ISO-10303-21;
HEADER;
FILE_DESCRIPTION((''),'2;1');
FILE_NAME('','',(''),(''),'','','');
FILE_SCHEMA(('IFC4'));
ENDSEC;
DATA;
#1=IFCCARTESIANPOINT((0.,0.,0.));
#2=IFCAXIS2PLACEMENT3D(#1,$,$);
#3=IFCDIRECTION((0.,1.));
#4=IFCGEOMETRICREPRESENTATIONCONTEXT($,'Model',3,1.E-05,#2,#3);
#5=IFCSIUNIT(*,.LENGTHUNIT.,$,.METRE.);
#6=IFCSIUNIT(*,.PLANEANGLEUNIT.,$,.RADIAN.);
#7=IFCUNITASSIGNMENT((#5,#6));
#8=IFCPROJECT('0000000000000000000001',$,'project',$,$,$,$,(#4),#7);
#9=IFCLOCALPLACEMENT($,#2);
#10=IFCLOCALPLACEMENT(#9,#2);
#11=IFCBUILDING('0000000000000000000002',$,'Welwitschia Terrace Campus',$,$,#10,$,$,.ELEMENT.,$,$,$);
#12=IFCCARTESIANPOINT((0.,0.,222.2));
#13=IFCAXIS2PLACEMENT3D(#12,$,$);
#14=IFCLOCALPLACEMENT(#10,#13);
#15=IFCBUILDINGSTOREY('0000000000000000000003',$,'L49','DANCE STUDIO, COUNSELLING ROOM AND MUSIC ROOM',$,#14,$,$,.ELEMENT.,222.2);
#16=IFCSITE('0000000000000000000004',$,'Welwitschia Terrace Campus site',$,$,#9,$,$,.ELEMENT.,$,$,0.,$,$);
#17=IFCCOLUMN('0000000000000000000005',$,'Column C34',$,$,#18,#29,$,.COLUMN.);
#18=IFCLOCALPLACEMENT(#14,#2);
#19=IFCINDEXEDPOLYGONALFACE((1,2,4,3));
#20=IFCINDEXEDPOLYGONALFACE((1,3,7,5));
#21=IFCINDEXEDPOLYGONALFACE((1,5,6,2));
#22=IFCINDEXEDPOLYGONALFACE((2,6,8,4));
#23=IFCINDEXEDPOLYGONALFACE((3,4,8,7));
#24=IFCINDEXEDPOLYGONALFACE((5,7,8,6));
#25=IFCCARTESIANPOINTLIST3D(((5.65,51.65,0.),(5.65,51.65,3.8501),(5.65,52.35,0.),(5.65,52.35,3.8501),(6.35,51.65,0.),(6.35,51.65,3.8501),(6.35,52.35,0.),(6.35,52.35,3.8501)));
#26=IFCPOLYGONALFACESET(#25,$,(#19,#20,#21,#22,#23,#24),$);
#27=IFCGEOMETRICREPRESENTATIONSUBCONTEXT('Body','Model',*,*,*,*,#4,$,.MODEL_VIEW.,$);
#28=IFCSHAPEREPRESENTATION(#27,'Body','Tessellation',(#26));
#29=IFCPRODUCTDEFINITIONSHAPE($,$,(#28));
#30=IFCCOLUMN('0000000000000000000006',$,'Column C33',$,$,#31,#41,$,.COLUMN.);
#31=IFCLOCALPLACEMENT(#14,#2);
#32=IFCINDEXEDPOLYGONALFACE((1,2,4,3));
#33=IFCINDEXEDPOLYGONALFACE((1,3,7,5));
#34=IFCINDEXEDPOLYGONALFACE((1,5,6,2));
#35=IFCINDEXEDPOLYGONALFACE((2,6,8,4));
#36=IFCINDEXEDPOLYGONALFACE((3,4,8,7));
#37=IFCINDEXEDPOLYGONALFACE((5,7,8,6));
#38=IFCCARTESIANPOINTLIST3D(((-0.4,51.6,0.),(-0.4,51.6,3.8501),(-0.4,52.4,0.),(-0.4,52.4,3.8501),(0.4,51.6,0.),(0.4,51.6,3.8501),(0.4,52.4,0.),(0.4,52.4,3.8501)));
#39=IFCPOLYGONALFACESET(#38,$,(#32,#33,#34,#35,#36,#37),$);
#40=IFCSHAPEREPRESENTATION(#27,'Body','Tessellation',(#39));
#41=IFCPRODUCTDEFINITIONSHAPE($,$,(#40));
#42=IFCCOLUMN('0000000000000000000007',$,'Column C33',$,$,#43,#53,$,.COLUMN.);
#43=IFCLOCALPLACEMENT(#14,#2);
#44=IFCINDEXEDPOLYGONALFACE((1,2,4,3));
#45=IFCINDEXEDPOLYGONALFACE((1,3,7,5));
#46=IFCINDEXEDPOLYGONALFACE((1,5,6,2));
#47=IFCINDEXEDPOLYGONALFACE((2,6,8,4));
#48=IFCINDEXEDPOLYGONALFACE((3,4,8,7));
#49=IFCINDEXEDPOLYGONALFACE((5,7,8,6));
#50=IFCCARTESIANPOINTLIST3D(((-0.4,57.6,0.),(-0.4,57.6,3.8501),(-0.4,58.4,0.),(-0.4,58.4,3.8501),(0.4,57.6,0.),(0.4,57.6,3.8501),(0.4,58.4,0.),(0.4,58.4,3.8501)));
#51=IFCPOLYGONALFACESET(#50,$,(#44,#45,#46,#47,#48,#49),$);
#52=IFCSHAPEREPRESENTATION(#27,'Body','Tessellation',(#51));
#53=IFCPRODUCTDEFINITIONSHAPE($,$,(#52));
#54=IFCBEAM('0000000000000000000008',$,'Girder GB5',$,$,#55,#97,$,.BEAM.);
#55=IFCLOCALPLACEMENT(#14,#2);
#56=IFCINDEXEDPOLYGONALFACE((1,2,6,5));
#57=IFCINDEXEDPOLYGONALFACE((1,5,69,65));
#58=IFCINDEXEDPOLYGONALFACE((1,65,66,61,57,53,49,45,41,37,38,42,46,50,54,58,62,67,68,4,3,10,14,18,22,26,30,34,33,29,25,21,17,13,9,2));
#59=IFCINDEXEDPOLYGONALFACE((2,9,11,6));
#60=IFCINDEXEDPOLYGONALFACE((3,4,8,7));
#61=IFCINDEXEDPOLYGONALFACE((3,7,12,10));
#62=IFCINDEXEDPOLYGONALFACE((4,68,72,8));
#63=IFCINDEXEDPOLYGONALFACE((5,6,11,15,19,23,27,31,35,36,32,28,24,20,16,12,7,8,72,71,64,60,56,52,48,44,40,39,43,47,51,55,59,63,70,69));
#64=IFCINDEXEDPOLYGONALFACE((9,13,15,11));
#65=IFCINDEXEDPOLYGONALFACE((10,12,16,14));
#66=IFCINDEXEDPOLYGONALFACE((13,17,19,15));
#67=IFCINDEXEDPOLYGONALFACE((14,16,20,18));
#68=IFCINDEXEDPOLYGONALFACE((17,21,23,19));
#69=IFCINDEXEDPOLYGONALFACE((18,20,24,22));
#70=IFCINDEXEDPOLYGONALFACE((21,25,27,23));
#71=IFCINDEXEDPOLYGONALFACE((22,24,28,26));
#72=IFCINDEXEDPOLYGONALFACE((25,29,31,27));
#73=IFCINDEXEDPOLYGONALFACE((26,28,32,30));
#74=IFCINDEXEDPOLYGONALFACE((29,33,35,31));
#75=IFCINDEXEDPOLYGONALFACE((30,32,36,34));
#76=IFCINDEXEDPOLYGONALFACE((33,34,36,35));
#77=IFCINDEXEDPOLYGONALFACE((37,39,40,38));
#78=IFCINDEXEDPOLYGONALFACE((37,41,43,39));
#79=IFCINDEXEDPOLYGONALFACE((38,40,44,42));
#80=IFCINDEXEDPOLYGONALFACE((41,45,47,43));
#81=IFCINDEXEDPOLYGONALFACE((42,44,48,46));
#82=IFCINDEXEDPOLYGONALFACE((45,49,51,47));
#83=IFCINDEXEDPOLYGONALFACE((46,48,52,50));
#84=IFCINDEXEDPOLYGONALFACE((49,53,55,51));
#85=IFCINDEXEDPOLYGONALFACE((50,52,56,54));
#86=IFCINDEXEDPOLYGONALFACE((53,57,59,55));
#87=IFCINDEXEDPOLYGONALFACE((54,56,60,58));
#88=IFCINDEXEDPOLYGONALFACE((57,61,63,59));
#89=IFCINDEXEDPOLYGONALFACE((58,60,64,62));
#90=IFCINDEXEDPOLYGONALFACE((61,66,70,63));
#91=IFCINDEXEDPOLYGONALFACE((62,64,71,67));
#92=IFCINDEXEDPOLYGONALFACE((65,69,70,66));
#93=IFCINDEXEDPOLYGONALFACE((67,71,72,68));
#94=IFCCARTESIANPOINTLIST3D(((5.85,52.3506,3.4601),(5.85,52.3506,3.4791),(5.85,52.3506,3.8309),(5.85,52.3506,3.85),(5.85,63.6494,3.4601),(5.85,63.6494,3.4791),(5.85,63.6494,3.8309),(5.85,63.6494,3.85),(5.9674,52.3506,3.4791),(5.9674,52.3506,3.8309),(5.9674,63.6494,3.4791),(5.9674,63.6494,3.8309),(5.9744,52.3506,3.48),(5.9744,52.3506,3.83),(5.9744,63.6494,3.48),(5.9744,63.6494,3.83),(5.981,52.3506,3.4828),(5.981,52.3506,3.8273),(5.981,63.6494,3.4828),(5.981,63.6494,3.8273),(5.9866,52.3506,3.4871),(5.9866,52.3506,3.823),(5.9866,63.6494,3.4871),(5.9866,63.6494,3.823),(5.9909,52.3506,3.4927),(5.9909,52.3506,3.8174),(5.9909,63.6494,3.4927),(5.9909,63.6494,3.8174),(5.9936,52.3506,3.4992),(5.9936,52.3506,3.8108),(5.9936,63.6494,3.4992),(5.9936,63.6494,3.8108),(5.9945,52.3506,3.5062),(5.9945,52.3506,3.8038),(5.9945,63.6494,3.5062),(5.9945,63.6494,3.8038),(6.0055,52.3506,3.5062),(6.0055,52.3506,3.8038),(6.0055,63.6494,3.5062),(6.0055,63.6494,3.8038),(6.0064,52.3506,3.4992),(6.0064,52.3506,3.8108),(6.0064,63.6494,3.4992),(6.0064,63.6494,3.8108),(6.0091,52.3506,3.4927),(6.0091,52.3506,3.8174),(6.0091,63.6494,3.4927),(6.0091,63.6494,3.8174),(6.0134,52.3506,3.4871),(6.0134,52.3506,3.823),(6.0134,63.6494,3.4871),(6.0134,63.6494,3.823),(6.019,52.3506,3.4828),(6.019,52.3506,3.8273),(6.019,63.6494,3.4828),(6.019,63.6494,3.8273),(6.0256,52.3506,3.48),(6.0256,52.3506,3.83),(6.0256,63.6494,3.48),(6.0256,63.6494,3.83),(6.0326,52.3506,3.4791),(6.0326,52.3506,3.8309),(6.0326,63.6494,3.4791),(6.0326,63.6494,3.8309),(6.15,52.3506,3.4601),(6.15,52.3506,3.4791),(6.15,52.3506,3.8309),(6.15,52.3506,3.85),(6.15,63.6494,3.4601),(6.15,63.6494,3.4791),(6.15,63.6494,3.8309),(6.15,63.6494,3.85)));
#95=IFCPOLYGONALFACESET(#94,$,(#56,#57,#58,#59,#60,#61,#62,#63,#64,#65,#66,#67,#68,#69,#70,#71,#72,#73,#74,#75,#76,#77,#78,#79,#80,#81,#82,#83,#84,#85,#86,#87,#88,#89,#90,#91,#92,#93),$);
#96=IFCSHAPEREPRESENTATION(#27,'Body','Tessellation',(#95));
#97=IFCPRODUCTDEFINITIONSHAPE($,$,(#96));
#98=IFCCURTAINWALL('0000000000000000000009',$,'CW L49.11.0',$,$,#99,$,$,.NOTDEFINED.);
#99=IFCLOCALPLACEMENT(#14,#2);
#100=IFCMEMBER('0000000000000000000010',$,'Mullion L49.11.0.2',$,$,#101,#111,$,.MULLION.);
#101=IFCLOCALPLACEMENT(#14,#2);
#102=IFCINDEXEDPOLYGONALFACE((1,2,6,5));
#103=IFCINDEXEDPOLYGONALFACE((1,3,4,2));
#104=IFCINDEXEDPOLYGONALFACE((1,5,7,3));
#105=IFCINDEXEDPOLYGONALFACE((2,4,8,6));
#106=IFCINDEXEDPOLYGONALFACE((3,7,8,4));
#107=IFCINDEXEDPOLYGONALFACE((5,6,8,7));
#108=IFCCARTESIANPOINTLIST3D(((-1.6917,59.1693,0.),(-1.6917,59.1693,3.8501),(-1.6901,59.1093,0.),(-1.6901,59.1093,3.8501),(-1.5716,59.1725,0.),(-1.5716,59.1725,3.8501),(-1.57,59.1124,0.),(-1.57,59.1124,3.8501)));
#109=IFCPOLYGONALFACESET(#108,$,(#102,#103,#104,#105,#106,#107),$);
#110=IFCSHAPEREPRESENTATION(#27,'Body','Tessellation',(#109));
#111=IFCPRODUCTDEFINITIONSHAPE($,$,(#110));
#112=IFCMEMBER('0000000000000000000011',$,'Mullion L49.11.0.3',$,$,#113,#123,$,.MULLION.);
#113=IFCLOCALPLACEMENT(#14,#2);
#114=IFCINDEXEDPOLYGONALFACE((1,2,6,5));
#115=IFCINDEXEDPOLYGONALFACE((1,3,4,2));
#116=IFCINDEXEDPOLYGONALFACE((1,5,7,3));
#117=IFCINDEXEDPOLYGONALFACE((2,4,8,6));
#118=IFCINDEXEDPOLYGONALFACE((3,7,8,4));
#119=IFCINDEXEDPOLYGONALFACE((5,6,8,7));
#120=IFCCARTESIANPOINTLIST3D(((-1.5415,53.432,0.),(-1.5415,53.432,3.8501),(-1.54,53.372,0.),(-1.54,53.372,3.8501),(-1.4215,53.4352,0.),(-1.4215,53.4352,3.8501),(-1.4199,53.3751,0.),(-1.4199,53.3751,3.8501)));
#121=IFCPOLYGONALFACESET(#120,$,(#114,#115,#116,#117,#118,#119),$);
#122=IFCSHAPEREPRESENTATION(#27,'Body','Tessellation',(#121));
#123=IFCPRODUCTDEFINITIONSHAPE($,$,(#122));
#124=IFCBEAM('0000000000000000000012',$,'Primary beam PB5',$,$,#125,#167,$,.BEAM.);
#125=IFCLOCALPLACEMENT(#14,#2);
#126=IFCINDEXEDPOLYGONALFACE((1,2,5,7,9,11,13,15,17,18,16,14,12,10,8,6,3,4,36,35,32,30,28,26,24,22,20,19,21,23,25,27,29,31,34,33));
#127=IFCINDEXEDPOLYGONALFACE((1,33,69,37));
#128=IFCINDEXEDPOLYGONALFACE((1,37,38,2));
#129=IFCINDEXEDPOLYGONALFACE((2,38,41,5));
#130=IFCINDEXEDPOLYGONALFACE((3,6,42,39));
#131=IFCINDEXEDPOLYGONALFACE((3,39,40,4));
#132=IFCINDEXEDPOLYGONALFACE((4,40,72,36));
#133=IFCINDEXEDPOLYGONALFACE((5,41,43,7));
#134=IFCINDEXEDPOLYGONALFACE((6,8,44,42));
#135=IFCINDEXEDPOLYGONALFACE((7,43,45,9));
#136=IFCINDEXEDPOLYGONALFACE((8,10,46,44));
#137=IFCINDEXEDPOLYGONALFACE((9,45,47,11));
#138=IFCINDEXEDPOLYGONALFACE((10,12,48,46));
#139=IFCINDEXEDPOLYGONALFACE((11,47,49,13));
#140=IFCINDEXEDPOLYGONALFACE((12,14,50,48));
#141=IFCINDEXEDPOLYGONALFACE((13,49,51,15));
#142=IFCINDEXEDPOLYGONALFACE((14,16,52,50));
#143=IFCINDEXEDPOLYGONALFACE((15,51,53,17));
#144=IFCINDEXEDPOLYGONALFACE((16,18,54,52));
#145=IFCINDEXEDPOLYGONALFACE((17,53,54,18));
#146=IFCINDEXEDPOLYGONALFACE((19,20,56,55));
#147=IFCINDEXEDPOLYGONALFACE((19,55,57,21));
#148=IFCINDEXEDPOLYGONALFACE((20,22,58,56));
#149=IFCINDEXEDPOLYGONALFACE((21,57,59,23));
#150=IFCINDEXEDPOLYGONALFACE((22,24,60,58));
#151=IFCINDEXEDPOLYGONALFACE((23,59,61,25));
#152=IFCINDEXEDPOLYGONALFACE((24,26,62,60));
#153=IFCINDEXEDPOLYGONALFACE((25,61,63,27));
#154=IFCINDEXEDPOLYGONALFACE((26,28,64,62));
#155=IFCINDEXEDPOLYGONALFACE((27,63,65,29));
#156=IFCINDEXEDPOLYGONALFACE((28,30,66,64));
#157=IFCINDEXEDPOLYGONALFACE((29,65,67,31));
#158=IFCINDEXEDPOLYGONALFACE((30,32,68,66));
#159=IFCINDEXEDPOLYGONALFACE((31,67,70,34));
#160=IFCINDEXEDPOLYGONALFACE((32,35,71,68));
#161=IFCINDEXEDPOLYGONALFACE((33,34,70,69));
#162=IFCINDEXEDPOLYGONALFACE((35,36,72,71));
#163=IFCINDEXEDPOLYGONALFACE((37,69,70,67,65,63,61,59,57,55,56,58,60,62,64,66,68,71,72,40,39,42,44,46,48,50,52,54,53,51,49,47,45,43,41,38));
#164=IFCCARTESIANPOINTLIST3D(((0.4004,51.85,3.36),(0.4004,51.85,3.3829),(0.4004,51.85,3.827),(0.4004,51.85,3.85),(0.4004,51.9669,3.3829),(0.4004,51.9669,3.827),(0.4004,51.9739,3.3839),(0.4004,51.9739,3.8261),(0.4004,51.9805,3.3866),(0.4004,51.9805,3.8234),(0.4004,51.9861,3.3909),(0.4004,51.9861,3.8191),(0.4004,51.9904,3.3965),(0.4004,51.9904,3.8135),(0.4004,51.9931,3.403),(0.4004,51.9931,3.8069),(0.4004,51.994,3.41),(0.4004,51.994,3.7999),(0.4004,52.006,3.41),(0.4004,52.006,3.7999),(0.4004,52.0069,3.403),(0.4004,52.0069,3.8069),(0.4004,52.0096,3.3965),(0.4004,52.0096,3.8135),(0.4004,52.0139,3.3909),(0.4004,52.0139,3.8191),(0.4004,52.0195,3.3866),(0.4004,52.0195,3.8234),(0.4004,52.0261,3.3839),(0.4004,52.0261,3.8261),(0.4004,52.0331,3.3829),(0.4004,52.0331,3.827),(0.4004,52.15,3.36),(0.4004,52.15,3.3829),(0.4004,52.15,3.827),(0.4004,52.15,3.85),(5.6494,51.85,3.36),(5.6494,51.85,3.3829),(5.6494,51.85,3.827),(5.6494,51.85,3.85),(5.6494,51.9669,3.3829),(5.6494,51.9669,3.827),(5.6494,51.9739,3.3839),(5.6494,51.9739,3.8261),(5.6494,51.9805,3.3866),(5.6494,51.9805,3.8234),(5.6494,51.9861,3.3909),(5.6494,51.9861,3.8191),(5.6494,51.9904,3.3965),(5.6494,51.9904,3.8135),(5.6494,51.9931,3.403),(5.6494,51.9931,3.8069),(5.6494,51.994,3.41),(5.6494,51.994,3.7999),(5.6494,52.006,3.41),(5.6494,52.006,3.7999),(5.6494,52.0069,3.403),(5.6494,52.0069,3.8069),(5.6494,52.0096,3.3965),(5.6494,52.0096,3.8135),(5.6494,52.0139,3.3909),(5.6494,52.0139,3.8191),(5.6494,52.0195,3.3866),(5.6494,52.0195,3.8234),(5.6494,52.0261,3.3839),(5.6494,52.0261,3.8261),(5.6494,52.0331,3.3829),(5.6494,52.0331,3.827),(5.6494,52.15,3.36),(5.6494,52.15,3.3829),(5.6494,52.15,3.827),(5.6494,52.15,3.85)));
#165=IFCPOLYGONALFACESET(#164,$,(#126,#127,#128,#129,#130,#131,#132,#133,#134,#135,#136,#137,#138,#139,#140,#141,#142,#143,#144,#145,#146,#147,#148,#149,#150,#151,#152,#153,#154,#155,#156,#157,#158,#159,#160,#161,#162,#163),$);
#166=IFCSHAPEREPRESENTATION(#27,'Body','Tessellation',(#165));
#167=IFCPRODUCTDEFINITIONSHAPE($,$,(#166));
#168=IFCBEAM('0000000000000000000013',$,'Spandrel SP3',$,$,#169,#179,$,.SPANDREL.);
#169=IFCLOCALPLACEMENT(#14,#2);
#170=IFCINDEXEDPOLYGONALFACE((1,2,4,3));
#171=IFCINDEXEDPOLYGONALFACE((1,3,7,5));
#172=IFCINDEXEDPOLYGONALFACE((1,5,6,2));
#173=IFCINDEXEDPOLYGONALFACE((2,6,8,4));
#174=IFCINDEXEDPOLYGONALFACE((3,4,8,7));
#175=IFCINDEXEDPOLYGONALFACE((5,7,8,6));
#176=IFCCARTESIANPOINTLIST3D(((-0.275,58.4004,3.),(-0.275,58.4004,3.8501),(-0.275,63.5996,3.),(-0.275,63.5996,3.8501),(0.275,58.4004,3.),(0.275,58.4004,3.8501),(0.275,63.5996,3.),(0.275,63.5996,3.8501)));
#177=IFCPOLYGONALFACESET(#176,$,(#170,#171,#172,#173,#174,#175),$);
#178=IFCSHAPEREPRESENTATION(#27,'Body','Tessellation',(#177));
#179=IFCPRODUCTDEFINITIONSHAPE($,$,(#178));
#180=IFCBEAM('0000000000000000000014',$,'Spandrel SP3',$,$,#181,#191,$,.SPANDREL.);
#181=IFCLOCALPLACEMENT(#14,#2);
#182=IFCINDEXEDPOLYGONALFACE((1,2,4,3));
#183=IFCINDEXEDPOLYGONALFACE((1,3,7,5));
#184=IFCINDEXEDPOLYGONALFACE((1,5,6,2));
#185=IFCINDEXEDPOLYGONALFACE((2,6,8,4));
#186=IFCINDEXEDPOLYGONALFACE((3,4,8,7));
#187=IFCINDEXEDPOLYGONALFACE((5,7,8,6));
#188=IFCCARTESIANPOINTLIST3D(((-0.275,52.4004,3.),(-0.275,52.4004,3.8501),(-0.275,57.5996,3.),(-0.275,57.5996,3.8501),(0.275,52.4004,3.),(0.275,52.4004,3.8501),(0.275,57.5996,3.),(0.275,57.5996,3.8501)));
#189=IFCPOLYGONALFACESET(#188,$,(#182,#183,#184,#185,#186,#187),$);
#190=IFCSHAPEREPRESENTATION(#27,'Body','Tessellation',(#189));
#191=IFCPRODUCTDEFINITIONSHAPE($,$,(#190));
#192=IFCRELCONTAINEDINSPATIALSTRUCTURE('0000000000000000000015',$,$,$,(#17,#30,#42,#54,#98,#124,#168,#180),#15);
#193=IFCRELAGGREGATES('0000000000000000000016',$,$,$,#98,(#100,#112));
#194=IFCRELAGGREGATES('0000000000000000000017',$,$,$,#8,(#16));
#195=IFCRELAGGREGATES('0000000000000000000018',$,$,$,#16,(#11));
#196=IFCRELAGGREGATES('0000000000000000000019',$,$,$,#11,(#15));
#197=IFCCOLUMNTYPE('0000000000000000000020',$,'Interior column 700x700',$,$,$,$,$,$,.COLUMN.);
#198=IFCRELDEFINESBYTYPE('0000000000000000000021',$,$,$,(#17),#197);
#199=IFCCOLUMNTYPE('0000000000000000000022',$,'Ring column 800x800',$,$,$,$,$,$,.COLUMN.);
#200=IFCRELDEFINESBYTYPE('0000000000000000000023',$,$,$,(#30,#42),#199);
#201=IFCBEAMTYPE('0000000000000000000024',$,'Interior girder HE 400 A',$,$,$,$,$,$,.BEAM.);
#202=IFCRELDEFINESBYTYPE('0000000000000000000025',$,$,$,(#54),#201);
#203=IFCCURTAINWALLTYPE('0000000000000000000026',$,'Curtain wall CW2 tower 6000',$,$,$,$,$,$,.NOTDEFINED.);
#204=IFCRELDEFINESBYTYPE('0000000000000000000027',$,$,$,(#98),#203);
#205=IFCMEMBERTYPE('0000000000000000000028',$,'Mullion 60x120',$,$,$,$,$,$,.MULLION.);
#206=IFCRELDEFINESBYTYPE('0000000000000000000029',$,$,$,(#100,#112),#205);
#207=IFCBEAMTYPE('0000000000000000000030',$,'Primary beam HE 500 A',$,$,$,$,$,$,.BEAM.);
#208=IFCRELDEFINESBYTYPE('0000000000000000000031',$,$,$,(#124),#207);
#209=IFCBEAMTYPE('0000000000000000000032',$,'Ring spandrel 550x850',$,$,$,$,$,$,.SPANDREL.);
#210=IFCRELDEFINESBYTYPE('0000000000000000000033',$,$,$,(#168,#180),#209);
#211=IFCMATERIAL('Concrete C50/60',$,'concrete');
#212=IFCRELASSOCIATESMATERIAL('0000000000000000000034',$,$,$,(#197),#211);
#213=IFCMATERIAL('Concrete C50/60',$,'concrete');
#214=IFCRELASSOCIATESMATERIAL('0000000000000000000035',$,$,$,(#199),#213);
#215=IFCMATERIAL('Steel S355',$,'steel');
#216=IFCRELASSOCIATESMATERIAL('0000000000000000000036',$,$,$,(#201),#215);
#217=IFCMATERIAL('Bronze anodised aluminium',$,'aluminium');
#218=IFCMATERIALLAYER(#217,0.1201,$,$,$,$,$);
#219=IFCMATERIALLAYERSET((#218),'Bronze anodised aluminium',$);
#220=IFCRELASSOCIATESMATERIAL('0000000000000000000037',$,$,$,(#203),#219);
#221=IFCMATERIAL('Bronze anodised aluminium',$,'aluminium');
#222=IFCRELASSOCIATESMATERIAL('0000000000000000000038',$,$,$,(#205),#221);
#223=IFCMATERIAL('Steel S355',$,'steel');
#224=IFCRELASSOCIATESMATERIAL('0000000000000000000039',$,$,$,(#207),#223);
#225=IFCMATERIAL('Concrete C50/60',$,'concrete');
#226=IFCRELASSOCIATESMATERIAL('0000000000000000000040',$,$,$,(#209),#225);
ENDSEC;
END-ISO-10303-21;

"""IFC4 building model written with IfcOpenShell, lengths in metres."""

from ifc_helpers import new_model, si_unit, direction, frame, origin, origin_2d, place, context, subcontext, project, spatial, rectangle, i_section, extrude, material, layer, layer_set, material_profile, profile_set, type_object, element, aggregate, save


model = new_model("IFC4")

# Units and contexts
model_context = context("Model", 3, precision=1e-05, world=origin(), true_north=direction((0.0, 1.0)))
body_context = subcontext(model_context, "Body", "Model", "MODEL_VIEW")
ifc_project = project(units=[si_unit("LENGTHUNIT", "METRE"), si_unit("PLANEANGLEUNIT", "RADIAN")], contexts=[model_context])

# Site, building, storey
site_placement = place(None, origin())
site = spatial("IfcSite", under=ifc_project, at=site_placement, Name="Welwitschia Terrace Campus site", CompositionType="ELEMENT", RefElevation=0.0)
building_placement = place(site_placement, origin())
building = spatial("IfcBuilding", under=site, at=building_placement, Name="Welwitschia Terrace Campus", CompositionType="ELEMENT")
storey_placement = place(building_placement, frame((0.0, 0.0, 222.2)))
storey = spatial("IfcBuildingStorey", under=building, at=storey_placement, Name="L49", Description="DANCE STUDIO, COUNSELLING ROOM AND MUSIC ROOM", CompositionType="ELEMENT", Elevation=222.2)

# Columns
ifc_material_1 = material(Name="Concrete C50/60", Category="concrete")
ifc_material_profile_1 = material_profile(ifc_material_1, rectangle(XDim=0.7, YDim=0.7, at=origin_2d()))
ifc_profile_set_1 = profile_set([ifc_material_profile_1], Name="Concrete C50/60")
column_type_1 = type_object("IfcColumnType", Name="Interior column 700x700", PredefinedType="COLUMN", material=ifc_profile_set_1)
column_placement = place(storey_placement, frame((6.0, 52.0, 0.0), z_axis=(0.0, 0.0, 1.0), x_axis=(1.0, 0.0, 0.0)))
element("IfcColumn", 1, at=column_placement, inside=storey, type_object=column_type_1, Name="Column C34", PredefinedType="COLUMN", context=body_context, shape_type="SweptSolid", body=[
    extrude(rectangle(XDim=0.7, YDim=0.7, at=origin_2d()), origin(), (0.0, 0.0, 1.0), 3.8501),
])
ifc_material_2 = material(Name="Concrete C50/60", Category="concrete")
ifc_material_profile_2 = material_profile(ifc_material_2, rectangle(XDim=0.8, YDim=0.8, at=origin_2d()))
ifc_profile_set_2 = profile_set([ifc_material_profile_2], Name="Concrete C50/60")
column_type_2 = type_object("IfcColumnType", Name="Ring column 800x800", PredefinedType="COLUMN", material=ifc_profile_set_2)
for number, where, z_axis, x_axis, name in (
    (2, (0.0, 52.0, 0.0), (0.0, 0.0, 1.0), (1.0, 0.0, 0.0), "Column C33"),
    (3, (0.0, 58.0, 0.0), (0.0, 0.0, 1.0), (1.0, 0.0, 0.0), "Column C33"),
):
    element("IfcColumn", number, at=place(storey_placement, frame(where, z_axis=z_axis, x_axis=x_axis)), inside=storey, type_object=column_type_2, Name=name, PredefinedType="COLUMN", context=body_context, shape_type="SweptSolid", body=[
        extrude(rectangle(XDim=0.8, YDim=0.8, at=origin_2d()), origin(), (0.0, 0.0, 1.0), 3.8501),
    ])

# Beam
ifc_material_3 = material(Name="Steel S355", Category="steel")
ifc_material_profile_3 = material_profile(ifc_material_3, i_section(OverallWidth=0.3, OverallDepth=0.3899, WebThickness=0.011, FlangeThickness=0.019, FilletRadius=0.0271, at=origin_2d()))
ifc_profile_set_3 = profile_set([ifc_material_profile_3], Name="Steel S355")
beam_type_1 = type_object("IfcBeamType", Name="Interior girder HE 400 A", PredefinedType="BEAM", material=ifc_profile_set_3)
beam_1_placement = place(storey_placement, frame((6.0, 52.3506, 3.655), z_axis=(0.0, 1.0, 0.0), x_axis=(-1.0, 0.0, 0.0)))
element("IfcBeam", 4, at=beam_1_placement, inside=storey, type_object=beam_type_1, Name="Girder GB5", PredefinedType="BEAM", context=body_context, shape_type="SweptSolid", body=[
    extrude(i_section(OverallWidth=0.3, OverallDepth=0.3899, WebThickness=0.011, FlangeThickness=0.019, FilletRadius=0.0271, at=origin_2d()), origin(), (0.0, 0.0, 1.0), 11.2988),
])

# Curtain wall, members
ifc_material_4 = material(Name="Bronze anodised aluminium", Category="aluminium")
ifc_layer_1 = layer(ifc_material_4, 0.1201)
ifc_layer_set_1 = layer_set([ifc_layer_1], Name="Bronze anodised aluminium")
curtain_wall_type = type_object("IfcCurtainWallType", Name="Curtain wall CW2 tower 6000", PredefinedType="NOTDEFINED", material=ifc_layer_set_1)
curtain_wall_placement = place(storey_placement, origin())
curtain_wall = element("IfcCurtainWall", 5, at=curtain_wall_placement, inside=storey, type_object=curtain_wall_type, Name="CW L49.11.0", PredefinedType="NOTDEFINED")
ifc_material_5 = material(Name="Bronze anodised aluminium", Category="aluminium")
ifc_material_profile_4 = material_profile(ifc_material_5, rectangle(XDim=0.1201, YDim=0.0601, at=origin_2d()))
ifc_profile_set_4 = profile_set([ifc_material_profile_4], Name="Bronze anodised aluminium")
member_type = type_object("IfcMemberType", Name="Mullion 60x120", PredefinedType="MULLION", material=ifc_profile_set_4)
member_1_placement = place(storey_placement, frame((-1.6309, 59.1409, 0.0), z_axis=(0.0, 0.0, 1.0), x_axis=(0.999657, 0.026177, 0.0)))
member_1 = element("IfcMember", 6, at=member_1_placement, type_object=member_type, Name="Mullion L49.11.0.2", PredefinedType="MULLION", context=body_context, shape_type="SweptSolid", body=[
    extrude(rectangle(XDim=0.1201, YDim=0.0601, at=origin_2d()), origin(), (0.0, 0.0, 1.0), 3.8501),
])
member_2_placement = place(storey_placement, frame((-1.4807, 53.4036, 0.0), z_axis=(0.0, 0.0, 1.0), x_axis=(0.999657, 0.026177, 0.0)))
member_2 = element("IfcMember", 7, at=member_2_placement, type_object=member_type, Name="Mullion L49.11.0.3", PredefinedType="MULLION", context=body_context, shape_type="SweptSolid", body=[
    extrude(rectangle(XDim=0.1201, YDim=0.0601, at=origin_2d()), origin(), (0.0, 0.0, 1.0), 3.8501),
])

# Beams
ifc_material_6 = material(Name="Steel S355", Category="steel")
ifc_material_profile_5 = material_profile(ifc_material_6, i_section(OverallWidth=0.3, OverallDepth=0.49, WebThickness=0.012, FlangeThickness=0.0229, FilletRadius=0.0271, at=origin_2d()))
ifc_profile_set_5 = profile_set([ifc_material_profile_5], Name="Steel S355")
beam_type_2 = type_object("IfcBeamType", Name="Primary beam HE 500 A", PredefinedType="BEAM", material=ifc_profile_set_5)
beam_2_placement = place(storey_placement, frame((0.4004, 52.0, 3.605), z_axis=(1.0, 0.0, 0.0), x_axis=(0.0, 1.0, 0.0)))
element("IfcBeam", 8, at=beam_2_placement, inside=storey, type_object=beam_type_2, Name="Primary beam PB5", PredefinedType="BEAM", context=body_context, shape_type="SweptSolid", body=[
    extrude(i_section(OverallWidth=0.3, OverallDepth=0.49, WebThickness=0.012, FlangeThickness=0.0229, FilletRadius=0.0271, at=origin_2d()), origin(), (0.0, 0.0, 1.0), 5.249),
])
ifc_material_7 = material(Name="Concrete C50/60", Category="concrete")
ifc_material_profile_6 = material_profile(ifc_material_7, rectangle(XDim=0.55, YDim=0.8501, at=origin_2d()))
ifc_profile_set_6 = profile_set([ifc_material_profile_6], Name="Concrete C50/60")
beam_type_3 = type_object("IfcBeamType", Name="Ring spandrel 550x850", PredefinedType="SPANDREL", material=ifc_profile_set_6)
for number, where, z_axis, x_axis, name in (
    (9, (0.0, 63.5996, 3.425), (0.0, -1.0, 0.0), (1.0, 0.0, 0.0), "Spandrel SP3"),
    (10, (0.0, 57.5996, 3.425), (0.0, -1.0, 0.0), (1.0, 0.0, 0.0), "Spandrel SP3"),
):
    element("IfcBeam", number, at=place(storey_placement, frame(where, z_axis=z_axis, x_axis=x_axis)), inside=storey, type_object=beam_type_3, Name=name, PredefinedType="SPANDREL", context=body_context, shape_type="SweptSolid", body=[
        extrude(rectangle(XDim=0.55, YDim=0.8501, at=origin_2d()), origin(), (0.0, 0.0, 1.0), 5.1992),
    ])

aggregate(curtain_wall, [member_1, member_2])

save(model, "model.ifc")
